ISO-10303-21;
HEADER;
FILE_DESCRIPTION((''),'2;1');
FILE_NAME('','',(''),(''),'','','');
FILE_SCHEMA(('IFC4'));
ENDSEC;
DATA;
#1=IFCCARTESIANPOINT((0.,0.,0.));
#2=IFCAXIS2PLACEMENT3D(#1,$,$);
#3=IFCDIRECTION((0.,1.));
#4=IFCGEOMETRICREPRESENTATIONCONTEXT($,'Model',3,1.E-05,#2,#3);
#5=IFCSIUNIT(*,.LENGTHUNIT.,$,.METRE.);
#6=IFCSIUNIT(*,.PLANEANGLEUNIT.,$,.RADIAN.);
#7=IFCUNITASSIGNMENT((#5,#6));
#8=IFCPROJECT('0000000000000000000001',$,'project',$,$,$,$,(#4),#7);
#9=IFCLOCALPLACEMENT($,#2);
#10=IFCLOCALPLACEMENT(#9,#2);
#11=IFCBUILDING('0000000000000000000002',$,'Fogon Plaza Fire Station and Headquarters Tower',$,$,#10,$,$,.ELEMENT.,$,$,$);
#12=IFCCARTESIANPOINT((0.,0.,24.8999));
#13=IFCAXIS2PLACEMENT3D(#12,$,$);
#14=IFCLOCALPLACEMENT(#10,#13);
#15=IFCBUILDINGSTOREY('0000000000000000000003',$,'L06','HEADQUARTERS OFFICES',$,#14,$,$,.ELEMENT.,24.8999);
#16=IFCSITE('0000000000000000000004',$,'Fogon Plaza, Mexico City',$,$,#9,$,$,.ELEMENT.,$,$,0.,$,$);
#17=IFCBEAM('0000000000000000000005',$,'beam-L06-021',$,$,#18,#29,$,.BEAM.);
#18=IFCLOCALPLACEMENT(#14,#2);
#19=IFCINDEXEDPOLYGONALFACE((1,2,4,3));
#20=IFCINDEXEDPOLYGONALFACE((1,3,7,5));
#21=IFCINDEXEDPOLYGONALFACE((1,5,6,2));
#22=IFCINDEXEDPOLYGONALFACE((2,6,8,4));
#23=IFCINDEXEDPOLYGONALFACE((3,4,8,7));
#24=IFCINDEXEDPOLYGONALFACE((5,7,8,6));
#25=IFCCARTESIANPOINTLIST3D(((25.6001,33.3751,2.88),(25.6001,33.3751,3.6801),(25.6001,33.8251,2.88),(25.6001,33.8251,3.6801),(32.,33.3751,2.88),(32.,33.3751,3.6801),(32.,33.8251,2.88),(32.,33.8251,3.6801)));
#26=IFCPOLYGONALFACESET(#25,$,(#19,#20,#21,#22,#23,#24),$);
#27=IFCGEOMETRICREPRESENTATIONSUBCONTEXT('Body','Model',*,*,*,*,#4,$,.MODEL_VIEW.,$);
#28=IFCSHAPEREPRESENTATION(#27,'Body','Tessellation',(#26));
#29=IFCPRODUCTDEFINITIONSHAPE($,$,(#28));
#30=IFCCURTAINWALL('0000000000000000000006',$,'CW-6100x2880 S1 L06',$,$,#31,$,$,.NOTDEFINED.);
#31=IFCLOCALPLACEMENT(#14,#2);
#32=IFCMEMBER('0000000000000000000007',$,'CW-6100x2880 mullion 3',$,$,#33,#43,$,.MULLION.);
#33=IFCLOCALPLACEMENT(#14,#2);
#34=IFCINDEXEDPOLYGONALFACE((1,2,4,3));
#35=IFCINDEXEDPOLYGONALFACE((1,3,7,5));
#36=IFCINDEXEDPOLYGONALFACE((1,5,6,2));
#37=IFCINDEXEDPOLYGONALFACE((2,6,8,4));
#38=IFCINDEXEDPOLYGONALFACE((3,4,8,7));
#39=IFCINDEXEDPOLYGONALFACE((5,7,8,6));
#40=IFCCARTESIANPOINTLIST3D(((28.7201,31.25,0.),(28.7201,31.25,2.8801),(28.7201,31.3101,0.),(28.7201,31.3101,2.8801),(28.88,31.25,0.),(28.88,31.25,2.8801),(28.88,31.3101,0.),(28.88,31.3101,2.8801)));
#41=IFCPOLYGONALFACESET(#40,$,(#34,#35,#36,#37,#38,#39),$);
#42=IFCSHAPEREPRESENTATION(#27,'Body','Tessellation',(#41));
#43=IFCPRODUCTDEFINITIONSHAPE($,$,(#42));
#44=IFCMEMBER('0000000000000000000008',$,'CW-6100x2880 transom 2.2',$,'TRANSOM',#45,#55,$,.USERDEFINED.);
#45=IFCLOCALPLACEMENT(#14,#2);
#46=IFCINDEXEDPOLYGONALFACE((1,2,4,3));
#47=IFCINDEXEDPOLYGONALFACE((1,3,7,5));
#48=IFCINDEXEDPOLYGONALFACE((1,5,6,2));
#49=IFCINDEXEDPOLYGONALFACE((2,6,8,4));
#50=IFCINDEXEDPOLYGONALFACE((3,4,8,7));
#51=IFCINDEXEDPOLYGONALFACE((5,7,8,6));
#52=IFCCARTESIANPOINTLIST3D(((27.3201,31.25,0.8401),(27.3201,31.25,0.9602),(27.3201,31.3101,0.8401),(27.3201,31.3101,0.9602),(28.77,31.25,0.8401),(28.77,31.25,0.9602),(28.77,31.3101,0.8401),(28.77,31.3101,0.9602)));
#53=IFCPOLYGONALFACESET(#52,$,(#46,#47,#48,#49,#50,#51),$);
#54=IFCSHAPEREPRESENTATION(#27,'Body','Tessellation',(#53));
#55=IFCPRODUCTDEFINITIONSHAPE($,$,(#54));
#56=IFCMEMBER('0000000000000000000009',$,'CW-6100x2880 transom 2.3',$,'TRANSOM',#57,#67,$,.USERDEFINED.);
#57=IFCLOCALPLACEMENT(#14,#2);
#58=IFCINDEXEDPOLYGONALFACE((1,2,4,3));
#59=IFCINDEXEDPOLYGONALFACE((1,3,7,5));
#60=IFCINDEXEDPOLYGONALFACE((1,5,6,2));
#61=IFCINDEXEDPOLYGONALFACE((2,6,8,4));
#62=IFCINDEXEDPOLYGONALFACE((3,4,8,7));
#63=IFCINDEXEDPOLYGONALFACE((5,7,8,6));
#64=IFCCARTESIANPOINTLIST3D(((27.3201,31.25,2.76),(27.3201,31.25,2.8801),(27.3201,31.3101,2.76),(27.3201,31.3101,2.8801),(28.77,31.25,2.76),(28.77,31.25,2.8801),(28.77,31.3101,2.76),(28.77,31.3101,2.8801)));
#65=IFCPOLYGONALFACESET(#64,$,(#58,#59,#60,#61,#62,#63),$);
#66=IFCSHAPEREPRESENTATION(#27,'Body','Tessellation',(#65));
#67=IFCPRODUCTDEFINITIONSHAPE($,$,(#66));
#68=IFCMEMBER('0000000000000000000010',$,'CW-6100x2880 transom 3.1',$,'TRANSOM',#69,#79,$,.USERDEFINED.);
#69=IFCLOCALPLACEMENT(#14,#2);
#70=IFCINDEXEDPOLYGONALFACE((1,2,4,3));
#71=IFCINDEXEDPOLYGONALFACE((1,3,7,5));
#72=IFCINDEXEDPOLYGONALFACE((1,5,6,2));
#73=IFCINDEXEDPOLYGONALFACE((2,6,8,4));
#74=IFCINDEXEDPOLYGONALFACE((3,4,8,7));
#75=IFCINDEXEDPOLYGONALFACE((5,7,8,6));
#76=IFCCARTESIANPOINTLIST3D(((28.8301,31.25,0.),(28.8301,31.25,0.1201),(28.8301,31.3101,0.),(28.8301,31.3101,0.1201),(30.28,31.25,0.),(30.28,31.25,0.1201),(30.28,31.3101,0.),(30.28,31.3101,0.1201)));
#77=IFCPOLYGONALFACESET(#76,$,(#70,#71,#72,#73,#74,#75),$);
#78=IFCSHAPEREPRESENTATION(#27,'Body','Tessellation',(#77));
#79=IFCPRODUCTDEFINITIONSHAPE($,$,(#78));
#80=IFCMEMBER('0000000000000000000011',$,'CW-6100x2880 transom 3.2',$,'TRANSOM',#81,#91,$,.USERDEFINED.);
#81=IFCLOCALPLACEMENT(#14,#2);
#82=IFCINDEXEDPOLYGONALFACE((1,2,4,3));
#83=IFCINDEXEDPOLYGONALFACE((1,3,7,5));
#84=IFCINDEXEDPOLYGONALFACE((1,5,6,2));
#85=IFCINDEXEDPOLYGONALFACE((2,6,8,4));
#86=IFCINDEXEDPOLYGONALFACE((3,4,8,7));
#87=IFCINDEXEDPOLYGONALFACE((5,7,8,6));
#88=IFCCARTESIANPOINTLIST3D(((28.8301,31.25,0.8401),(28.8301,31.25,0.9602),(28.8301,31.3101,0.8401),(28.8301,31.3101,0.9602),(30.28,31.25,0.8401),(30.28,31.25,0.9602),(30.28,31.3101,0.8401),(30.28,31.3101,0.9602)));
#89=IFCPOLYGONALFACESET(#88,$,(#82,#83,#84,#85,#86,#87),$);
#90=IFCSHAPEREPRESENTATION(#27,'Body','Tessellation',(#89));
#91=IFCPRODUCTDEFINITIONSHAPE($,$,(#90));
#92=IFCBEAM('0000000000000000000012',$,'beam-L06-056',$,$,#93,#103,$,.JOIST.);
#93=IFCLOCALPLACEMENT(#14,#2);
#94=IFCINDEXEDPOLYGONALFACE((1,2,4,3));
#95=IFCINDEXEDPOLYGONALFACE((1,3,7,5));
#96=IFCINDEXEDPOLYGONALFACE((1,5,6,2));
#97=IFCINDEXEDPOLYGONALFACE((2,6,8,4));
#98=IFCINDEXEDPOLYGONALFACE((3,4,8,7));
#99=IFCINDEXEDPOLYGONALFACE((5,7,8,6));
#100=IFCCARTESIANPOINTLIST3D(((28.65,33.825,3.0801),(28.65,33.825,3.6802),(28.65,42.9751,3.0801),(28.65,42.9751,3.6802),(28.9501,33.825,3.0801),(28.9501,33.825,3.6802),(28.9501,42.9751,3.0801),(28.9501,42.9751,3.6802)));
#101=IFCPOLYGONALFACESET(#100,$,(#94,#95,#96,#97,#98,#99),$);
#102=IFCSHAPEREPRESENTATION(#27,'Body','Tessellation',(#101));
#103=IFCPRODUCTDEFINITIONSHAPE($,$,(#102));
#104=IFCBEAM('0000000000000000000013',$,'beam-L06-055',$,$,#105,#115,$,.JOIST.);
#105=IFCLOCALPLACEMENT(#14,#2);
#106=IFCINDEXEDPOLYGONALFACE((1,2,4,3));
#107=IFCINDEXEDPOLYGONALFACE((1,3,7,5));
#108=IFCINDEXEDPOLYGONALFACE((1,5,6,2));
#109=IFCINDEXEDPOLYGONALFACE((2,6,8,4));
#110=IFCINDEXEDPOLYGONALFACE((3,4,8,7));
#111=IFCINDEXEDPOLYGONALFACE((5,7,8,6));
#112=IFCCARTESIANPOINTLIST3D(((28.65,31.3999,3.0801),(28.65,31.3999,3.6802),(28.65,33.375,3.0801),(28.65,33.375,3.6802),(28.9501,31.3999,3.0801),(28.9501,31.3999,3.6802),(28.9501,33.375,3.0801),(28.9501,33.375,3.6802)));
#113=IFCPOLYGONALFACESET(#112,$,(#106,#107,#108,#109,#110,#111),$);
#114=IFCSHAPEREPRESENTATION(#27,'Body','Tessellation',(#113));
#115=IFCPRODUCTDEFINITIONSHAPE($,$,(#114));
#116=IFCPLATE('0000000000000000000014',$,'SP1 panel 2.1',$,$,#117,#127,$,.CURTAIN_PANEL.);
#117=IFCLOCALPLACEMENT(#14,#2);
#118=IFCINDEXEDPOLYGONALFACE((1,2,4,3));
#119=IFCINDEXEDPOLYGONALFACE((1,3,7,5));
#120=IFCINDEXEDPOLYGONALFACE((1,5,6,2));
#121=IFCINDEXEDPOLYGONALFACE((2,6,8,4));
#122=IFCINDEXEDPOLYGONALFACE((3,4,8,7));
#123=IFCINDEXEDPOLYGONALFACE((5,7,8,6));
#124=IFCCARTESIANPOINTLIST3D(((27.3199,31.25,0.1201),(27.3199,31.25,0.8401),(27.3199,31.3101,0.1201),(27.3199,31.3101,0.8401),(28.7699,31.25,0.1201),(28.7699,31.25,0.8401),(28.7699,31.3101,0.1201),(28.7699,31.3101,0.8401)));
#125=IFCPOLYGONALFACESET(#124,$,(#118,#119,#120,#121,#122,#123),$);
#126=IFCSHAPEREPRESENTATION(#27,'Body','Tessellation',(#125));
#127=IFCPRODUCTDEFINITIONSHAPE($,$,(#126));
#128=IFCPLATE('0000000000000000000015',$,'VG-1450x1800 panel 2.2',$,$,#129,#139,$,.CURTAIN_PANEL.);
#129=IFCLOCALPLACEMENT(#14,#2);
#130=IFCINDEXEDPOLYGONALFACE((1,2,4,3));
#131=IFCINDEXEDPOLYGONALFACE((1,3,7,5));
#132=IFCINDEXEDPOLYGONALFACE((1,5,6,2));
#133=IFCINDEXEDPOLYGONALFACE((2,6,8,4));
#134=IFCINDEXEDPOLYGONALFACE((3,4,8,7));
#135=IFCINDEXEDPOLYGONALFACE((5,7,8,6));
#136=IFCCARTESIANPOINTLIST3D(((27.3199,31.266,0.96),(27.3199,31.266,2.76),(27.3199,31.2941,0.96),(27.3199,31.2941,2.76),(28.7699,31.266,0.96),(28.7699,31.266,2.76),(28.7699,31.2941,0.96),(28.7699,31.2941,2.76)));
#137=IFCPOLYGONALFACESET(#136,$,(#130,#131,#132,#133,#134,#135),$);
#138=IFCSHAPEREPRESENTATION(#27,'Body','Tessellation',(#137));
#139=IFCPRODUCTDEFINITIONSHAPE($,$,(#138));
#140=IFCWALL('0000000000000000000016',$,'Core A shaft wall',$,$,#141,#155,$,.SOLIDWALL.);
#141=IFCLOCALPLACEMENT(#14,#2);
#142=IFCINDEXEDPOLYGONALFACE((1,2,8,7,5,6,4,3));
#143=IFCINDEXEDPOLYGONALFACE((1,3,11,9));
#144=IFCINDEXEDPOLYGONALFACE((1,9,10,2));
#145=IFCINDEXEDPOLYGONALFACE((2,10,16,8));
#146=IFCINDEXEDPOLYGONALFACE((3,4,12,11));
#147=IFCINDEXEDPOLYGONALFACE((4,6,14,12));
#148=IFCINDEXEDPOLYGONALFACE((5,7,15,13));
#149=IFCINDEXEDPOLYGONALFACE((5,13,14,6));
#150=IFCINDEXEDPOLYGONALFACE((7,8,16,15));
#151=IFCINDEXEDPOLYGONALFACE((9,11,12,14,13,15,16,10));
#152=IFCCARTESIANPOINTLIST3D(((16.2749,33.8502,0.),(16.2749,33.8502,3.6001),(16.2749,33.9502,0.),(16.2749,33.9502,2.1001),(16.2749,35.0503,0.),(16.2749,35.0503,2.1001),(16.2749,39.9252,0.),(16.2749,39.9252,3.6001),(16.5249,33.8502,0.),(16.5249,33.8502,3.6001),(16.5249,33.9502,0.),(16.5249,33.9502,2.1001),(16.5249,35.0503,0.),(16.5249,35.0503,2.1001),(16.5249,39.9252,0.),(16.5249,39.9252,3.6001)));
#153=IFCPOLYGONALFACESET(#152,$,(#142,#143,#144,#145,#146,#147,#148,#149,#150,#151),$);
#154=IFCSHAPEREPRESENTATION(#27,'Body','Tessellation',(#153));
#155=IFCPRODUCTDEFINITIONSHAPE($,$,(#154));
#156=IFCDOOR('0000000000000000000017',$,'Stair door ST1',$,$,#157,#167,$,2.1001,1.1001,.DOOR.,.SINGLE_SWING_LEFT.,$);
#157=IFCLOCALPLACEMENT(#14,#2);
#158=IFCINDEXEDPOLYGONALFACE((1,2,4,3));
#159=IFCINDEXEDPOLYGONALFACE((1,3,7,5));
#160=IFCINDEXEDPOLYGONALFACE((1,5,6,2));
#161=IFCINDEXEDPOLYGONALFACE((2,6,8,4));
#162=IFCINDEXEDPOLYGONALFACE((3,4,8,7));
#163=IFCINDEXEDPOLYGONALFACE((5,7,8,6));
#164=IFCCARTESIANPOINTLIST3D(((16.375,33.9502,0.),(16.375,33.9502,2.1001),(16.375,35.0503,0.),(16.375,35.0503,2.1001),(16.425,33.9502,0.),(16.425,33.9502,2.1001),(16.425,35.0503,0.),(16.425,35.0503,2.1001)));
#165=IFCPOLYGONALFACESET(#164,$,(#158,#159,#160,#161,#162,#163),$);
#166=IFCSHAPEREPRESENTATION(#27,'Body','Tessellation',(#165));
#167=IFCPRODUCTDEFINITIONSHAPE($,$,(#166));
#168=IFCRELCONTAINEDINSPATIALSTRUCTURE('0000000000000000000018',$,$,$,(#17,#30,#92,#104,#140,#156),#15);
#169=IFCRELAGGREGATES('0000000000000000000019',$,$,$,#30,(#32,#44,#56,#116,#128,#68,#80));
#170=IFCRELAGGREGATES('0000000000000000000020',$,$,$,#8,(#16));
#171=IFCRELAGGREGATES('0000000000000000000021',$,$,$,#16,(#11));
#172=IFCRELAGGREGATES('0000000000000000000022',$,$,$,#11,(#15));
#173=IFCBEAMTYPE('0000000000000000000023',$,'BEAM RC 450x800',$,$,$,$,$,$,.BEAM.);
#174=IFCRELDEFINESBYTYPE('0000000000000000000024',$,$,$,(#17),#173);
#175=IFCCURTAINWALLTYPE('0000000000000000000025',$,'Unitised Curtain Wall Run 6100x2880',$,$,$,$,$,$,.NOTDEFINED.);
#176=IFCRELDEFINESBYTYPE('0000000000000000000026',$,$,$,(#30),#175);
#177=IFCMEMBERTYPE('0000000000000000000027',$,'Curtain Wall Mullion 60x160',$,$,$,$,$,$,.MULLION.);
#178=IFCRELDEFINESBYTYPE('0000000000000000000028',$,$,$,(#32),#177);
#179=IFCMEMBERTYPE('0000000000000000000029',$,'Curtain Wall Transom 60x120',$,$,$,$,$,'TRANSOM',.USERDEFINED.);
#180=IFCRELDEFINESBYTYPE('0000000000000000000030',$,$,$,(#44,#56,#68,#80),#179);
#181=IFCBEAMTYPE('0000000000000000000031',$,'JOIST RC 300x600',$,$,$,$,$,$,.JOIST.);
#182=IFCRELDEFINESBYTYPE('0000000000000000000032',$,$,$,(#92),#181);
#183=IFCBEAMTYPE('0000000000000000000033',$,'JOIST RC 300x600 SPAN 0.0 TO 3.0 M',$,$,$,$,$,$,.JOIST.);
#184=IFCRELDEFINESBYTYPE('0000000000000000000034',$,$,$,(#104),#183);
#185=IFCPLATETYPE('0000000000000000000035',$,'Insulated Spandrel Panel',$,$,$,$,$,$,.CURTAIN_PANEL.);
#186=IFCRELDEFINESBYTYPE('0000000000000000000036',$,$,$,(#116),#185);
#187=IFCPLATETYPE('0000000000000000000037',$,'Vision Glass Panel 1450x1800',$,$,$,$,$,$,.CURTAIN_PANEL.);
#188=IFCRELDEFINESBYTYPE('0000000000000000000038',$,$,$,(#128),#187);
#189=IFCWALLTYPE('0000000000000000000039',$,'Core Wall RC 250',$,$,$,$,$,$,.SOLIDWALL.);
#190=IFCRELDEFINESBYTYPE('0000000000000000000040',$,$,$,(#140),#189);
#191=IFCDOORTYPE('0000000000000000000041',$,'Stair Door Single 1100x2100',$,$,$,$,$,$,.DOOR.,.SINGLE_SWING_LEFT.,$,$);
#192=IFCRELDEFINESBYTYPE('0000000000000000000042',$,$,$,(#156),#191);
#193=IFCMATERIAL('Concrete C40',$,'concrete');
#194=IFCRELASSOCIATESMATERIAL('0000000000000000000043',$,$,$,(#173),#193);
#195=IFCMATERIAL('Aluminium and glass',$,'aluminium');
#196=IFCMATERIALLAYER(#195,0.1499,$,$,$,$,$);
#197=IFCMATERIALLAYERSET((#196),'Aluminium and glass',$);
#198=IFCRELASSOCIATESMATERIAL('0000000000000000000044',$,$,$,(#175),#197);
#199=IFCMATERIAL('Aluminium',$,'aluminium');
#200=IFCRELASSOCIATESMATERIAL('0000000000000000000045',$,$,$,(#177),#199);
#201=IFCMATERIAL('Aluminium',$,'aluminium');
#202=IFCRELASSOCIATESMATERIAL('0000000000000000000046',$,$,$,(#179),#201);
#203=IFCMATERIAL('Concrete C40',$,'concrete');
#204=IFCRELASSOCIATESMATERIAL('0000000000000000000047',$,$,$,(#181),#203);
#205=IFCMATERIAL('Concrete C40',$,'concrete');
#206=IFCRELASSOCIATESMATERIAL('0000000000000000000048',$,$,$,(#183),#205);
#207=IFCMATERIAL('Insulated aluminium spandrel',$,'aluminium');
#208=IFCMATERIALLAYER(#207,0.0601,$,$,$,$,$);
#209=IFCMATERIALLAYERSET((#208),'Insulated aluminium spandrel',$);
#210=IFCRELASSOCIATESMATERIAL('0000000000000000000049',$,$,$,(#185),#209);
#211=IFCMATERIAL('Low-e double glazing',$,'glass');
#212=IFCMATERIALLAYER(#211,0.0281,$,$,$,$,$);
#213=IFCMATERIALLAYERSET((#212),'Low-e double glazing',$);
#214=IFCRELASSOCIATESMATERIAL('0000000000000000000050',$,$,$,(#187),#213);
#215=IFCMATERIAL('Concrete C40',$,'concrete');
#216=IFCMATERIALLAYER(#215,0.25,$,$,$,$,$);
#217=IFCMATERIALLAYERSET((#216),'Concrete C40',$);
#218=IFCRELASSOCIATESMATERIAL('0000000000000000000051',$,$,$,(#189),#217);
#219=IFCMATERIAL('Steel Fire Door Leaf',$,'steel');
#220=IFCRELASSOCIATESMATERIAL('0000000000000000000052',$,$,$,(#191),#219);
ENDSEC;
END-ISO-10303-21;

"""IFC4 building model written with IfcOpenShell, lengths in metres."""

from ifc_helpers import new_model, si_unit, direction, frame, frame_2d, origin, origin_2d, place, context, subcontext, project, spatial, rectangle, extrude, material, layer, layer_set, material_profile, profile_set, type_object, element, fill, aggregate, save


model = new_model("IFC4")

# Units and contexts
model_context = context("Model", 3, precision=1e-05, world=origin(), true_north=direction((0.0, 1.0)))
body_context = subcontext(model_context, "Body", "Model", "MODEL_VIEW")
ifc_project = project(units=[si_unit("LENGTHUNIT", "METRE"), si_unit("PLANEANGLEUNIT", "RADIAN")], contexts=[model_context])

# Site, building, storey
site_placement = place(None, origin())
site = spatial("IfcSite", under=ifc_project, at=site_placement, Name="Fogon Plaza, Mexico City", CompositionType="ELEMENT", RefElevation=0.0)
building_placement = place(site_placement, origin())
building = spatial("IfcBuilding", under=site, at=building_placement, Name="Fogon Plaza Fire Station and Headquarters Tower", CompositionType="ELEMENT")
storey_placement = place(building_placement, frame((0.0, 0.0, 24.8999)))
storey = spatial("IfcBuildingStorey", under=building, at=storey_placement, Name="L06", Description="HEADQUARTERS OFFICES", CompositionType="ELEMENT", Elevation=24.8999)

# Beam
ifc_material_1 = material(Name="Concrete C40", Category="concrete")
ifc_material_profile_1 = material_profile(ifc_material_1, rectangle(XDim=0.45, YDim=0.8, at=origin_2d()), Name="RC 450x800")
ifc_profile_set_1 = profile_set([ifc_material_profile_1], Name="Concrete C40")
beam_type_1 = type_object("IfcBeamType", Name="BEAM RC 450x800", PredefinedType="BEAM", material=ifc_profile_set_1)
beam_1_placement = place(storey_placement, frame((25.6001, 33.6001, 3.28), z_axis=(1.0, 0.0, 0.0), x_axis=(0.0, 1.0, 0.0)))
element("IfcBeam", 1, at=beam_1_placement, inside=storey, type_object=beam_type_1, Name="beam-L06-021", PredefinedType="BEAM", context=body_context, shape_type="SweptSolid", body=[
    extrude(rectangle(XDim=0.45, YDim=0.8, at=origin_2d()), origin(), (0.0, 0.0, 1.0), 6.3999),
])

# Curtain wall, members
ifc_material_2 = material(Name="Aluminium and glass", Category="aluminium")
ifc_layer_1 = layer(ifc_material_2, 0.1499)
ifc_layer_set_1 = layer_set([ifc_layer_1], Name="Aluminium and glass")
curtain_wall_type = type_object("IfcCurtainWallType", Name="Unitised Curtain Wall Run 6100x2880", PredefinedType="NOTDEFINED", material=ifc_layer_set_1)
curtain_wall_placement = place(storey_placement, origin())
curtain_wall = element("IfcCurtainWall", 2, at=curtain_wall_placement, inside=storey, type_object=curtain_wall_type, Name="CW-6100x2880 S1 L06", PredefinedType="NOTDEFINED")
ifc_material_3 = material(Name="Aluminium", Category="aluminium")
ifc_material_profile_2 = material_profile(ifc_material_3, rectangle(XDim=0.0601, YDim=0.1599, at=origin_2d()), Name="Curtain Wall Mullion 60x160")
ifc_profile_set_2 = profile_set([ifc_material_profile_2], Name="Aluminium")
member_type_1 = type_object("IfcMemberType", Name="Curtain Wall Mullion 60x160", PredefinedType="MULLION", material=ifc_profile_set_2)
member_1_placement = place(storey_placement, frame((28.8, 31.28, 0.0), z_axis=(0.0, 0.0, 1.0), x_axis=(0.0, 1.0, 0.0)))
member_1 = element("IfcMember", 3, at=member_1_placement, type_object=member_type_1, Name="CW-6100x2880 mullion 3", PredefinedType="MULLION", context=body_context, shape_type="SweptSolid", body=[
    extrude(rectangle(XDim=0.0601, YDim=0.1599, at=origin_2d()), origin(), (0.0, 0.0, 1.0), 2.8801),
])
ifc_material_4 = material(Name="Aluminium", Category="aluminium")
ifc_material_profile_3 = material_profile(ifc_material_4, rectangle(XDim=0.0601, YDim=0.1201, at=origin_2d()), Name="Curtain Wall Transom 60x120")
ifc_profile_set_3 = profile_set([ifc_material_profile_3], Name="Aluminium")
member_type_2 = type_object("IfcMemberType", Name="Curtain Wall Transom 60x120", ElementType="TRANSOM", PredefinedType="USERDEFINED", material=ifc_profile_set_3)
member_2_placement = place(storey_placement, frame((27.3201, 31.28, 0.9001), z_axis=(1.0, 0.0, 0.0), x_axis=(0.0, 1.0, 0.0)))
member_2 = element("IfcMember", 4, at=member_2_placement, type_object=member_type_2, Name="CW-6100x2880 transom 2.2", ObjectType="TRANSOM", PredefinedType="USERDEFINED", context=body_context, shape_type="SweptSolid", body=[
    extrude(rectangle(XDim=0.0601, YDim=0.1201, at=origin_2d()), origin(), (0.0, 0.0, 1.0), 1.45),
])
member_3_placement = place(storey_placement, frame((27.3201, 31.28, 2.8201), z_axis=(1.0, 0.0, 0.0), x_axis=(0.0, 1.0, 0.0)))
member_3 = element("IfcMember", 5, at=member_3_placement, type_object=member_type_2, Name="CW-6100x2880 transom 2.3", ObjectType="TRANSOM", PredefinedType="USERDEFINED", context=body_context, shape_type="SweptSolid", body=[
    extrude(rectangle(XDim=0.0601, YDim=0.1201, at=origin_2d()), origin(), (0.0, 0.0, 1.0), 1.45),
])
member_4_placement = place(storey_placement, frame((28.8301, 31.28, 0.0601), z_axis=(1.0, 0.0, 0.0), x_axis=(0.0, 1.0, 0.0)))
member_4 = element("IfcMember", 6, at=member_4_placement, type_object=member_type_2, Name="CW-6100x2880 transom 3.1", ObjectType="TRANSOM", PredefinedType="USERDEFINED", context=body_context, shape_type="SweptSolid", body=[
    extrude(rectangle(XDim=0.0601, YDim=0.1201, at=origin_2d()), origin(), (0.0, 0.0, 1.0), 1.45),
])
member_5_placement = place(storey_placement, frame((28.8301, 31.28, 0.9001), z_axis=(1.0, 0.0, 0.0), x_axis=(0.0, 1.0, 0.0)))
member_5 = element("IfcMember", 7, at=member_5_placement, type_object=member_type_2, Name="CW-6100x2880 transom 3.2", ObjectType="TRANSOM", PredefinedType="USERDEFINED", context=body_context, shape_type="SweptSolid", body=[
    extrude(rectangle(XDim=0.0601, YDim=0.1201, at=origin_2d()), origin(), (0.0, 0.0, 1.0), 1.45),
])

# Beams
ifc_material_5 = material(Name="Concrete C40", Category="concrete")
ifc_material_profile_4 = material_profile(ifc_material_5, rectangle(XDim=0.3, YDim=0.6001, at=origin_2d()), Name="RC 300x600")
ifc_profile_set_4 = profile_set([ifc_material_profile_4], Name="Concrete C40")
beam_type_2 = type_object("IfcBeamType", Name="JOIST RC 300x600", PredefinedType="JOIST", material=ifc_profile_set_4)
beam_2_placement = place(storey_placement, frame((28.8, 33.825, 3.3801), z_axis=(0.0, 1.0, 0.0), x_axis=(-1.0, 0.0, 0.0)))
element("IfcBeam", 8, at=beam_2_placement, inside=storey, type_object=beam_type_2, Name="beam-L06-056", PredefinedType="JOIST", context=body_context, shape_type="SweptSolid", body=[
    extrude(rectangle(XDim=0.3, YDim=0.6001, at=origin_2d()), origin(), (0.0, 0.0, 1.0), 9.1501),
])
ifc_material_6 = material(Name="Concrete C40", Category="concrete")
ifc_material_profile_5 = material_profile(ifc_material_6, rectangle(XDim=0.3, YDim=0.6001, at=origin_2d()), Name="RC 300x600")
ifc_profile_set_5 = profile_set([ifc_material_profile_5], Name="Concrete C40")
beam_type_3 = type_object("IfcBeamType", Name="JOIST RC 300x600 SPAN 0.0 TO 3.0 M", PredefinedType="JOIST", material=ifc_profile_set_5)
beam_3_placement = place(storey_placement, frame((28.8, 31.3999, 3.3801), z_axis=(0.0, 1.0, 0.0), x_axis=(-1.0, 0.0, 0.0)))
element("IfcBeam", 9, at=beam_3_placement, inside=storey, type_object=beam_type_3, Name="beam-L06-055", PredefinedType="JOIST", context=body_context, shape_type="SweptSolid", body=[
    extrude(rectangle(XDim=0.3, YDim=0.6001, at=origin_2d()), origin(), (0.0, 0.0, 1.0), 1.9751),
])

# Plates
ifc_material_7 = material(Name="Insulated aluminium spandrel", Category="aluminium")
ifc_layer_2 = layer(ifc_material_7, 0.0601)
ifc_layer_set_2 = layer_set([ifc_layer_2], Name="Insulated aluminium spandrel")
plate_type_1 = type_object("IfcPlateType", Name="Insulated Spandrel Panel", PredefinedType="CURTAIN_PANEL", material=ifc_layer_set_2)
plate_1_placement = place(storey_placement, frame((28.0449, 31.28, 0.1201), z_axis=(0.0, 0.0, 1.0), x_axis=(1.0, 0.0, 0.0)))
plate_1 = element("IfcPlate", 10, at=plate_1_placement, type_object=plate_type_1, Name="SP1 panel 2.1", PredefinedType="CURTAIN_PANEL", context=body_context, shape_type="SweptSolid", body=[
    extrude(rectangle(XDim=1.45, YDim=0.0601, at=origin_2d()), origin(), (0.0, 0.0, 1.0), 0.72),
])
ifc_material_8 = material(Name="Low-e double glazing", Category="glass")
ifc_layer_3 = layer(ifc_material_8, 0.0281)
ifc_layer_set_3 = layer_set([ifc_layer_3], Name="Low-e double glazing")
plate_type_2 = type_object("IfcPlateType", Name="Vision Glass Panel 1450x1800", PredefinedType="CURTAIN_PANEL", material=ifc_layer_set_3)
plate_2_placement = place(storey_placement, frame((28.0449, 31.28, 0.96), z_axis=(0.0, 0.0, 1.0), x_axis=(1.0, 0.0, 0.0)))
plate_2 = element("IfcPlate", 11, at=plate_2_placement, type_object=plate_type_2, Name="VG-1450x1800 panel 2.2", PredefinedType="CURTAIN_PANEL", context=body_context, shape_type="SweptSolid", body=[
    extrude(rectangle(XDim=1.45, YDim=0.0281, at=origin_2d()), origin(), (0.0, 0.0, 1.0), 1.8),
])
aggregate(curtain_wall, [member_1, member_2, member_3, plate_1, plate_2, member_4, member_5])

# Wall, opening, door
ifc_material_9 = material(Name="Concrete C40", Category="concrete")
ifc_layer_4 = layer(ifc_material_9, 0.25)
ifc_layer_set_4 = layer_set([ifc_layer_4], Name="Concrete C40")
wall_type_1 = type_object("IfcWallType", Name="Core Wall RC 250", PredefinedType="SOLIDWALL", material=ifc_layer_set_4)
wall_1_placement = place(storey_placement, frame((16.3999, 33.8501, 0.0), z_axis=(0.0, 0.0, 1.0), x_axis=(0.0, 1.0, 0.0)))
wall_1 = element("IfcWall", 12, at=wall_1_placement, inside=storey, type_object=wall_type_1, Name="Core A shaft wall", PredefinedType="SOLIDWALL", context=body_context, shape_type="SweptSolid", body=[
    extrude(rectangle(XDim=6.075, YDim=0.25, at=frame_2d((3.0376, 0.0))), origin(), (0.0, 0.0, 1.0), 3.6001),
])
opening_1_placement = place(wall_1_placement, frame((0.1001, 0.0, 0.0)))
opening_1 = element("IfcOpeningElement", 13, at=opening_1_placement, cuts=wall_1, PredefinedType="OPENING", context=body_context, shape_type="SweptSolid", body=[
    extrude(rectangle(XDim=1.1001, YDim=2.1001, at=frame_2d((0.55, 1.05))), frame((0.0, 0.135, 0.0), z_axis=(0.0, -1.0, 0.0), x_axis=(1.0, 0.0, 0.0)), (0.0, 0.0, 1.0), 0.27),
])
ifc_material_10 = material(Name="Steel Fire Door Leaf", Category="steel")
door_type_1 = type_object("IfcDoorType", Name="Stair Door Single 1100x2100", OperationType="SINGLE_SWING_LEFT", PredefinedType="DOOR", material=ifc_material_10)
door_1_placement = place(opening_1_placement, origin())
door_1 = element("IfcDoor", 14, at=door_1_placement, inside=storey, type_object=door_type_1, Name="Stair door ST1", OperationType="SINGLE_SWING_LEFT", OverallHeight=2.1001, OverallWidth=1.1001, PredefinedType="DOOR", context=body_context, shape_type="SweptSolid", body=[
    extrude(rectangle(XDim=1.1001, YDim=2.1001, at=frame_2d((0.55, 1.05))), frame((0.0, 0.0249, 0.0), z_axis=(0.0, -1.0, 0.0), x_axis=(1.0, 0.0, 0.0)), (0.0, 0.0, 1.0), 0.05),
])
fill(opening_1, door_1)

save(model, "model.ifc")
